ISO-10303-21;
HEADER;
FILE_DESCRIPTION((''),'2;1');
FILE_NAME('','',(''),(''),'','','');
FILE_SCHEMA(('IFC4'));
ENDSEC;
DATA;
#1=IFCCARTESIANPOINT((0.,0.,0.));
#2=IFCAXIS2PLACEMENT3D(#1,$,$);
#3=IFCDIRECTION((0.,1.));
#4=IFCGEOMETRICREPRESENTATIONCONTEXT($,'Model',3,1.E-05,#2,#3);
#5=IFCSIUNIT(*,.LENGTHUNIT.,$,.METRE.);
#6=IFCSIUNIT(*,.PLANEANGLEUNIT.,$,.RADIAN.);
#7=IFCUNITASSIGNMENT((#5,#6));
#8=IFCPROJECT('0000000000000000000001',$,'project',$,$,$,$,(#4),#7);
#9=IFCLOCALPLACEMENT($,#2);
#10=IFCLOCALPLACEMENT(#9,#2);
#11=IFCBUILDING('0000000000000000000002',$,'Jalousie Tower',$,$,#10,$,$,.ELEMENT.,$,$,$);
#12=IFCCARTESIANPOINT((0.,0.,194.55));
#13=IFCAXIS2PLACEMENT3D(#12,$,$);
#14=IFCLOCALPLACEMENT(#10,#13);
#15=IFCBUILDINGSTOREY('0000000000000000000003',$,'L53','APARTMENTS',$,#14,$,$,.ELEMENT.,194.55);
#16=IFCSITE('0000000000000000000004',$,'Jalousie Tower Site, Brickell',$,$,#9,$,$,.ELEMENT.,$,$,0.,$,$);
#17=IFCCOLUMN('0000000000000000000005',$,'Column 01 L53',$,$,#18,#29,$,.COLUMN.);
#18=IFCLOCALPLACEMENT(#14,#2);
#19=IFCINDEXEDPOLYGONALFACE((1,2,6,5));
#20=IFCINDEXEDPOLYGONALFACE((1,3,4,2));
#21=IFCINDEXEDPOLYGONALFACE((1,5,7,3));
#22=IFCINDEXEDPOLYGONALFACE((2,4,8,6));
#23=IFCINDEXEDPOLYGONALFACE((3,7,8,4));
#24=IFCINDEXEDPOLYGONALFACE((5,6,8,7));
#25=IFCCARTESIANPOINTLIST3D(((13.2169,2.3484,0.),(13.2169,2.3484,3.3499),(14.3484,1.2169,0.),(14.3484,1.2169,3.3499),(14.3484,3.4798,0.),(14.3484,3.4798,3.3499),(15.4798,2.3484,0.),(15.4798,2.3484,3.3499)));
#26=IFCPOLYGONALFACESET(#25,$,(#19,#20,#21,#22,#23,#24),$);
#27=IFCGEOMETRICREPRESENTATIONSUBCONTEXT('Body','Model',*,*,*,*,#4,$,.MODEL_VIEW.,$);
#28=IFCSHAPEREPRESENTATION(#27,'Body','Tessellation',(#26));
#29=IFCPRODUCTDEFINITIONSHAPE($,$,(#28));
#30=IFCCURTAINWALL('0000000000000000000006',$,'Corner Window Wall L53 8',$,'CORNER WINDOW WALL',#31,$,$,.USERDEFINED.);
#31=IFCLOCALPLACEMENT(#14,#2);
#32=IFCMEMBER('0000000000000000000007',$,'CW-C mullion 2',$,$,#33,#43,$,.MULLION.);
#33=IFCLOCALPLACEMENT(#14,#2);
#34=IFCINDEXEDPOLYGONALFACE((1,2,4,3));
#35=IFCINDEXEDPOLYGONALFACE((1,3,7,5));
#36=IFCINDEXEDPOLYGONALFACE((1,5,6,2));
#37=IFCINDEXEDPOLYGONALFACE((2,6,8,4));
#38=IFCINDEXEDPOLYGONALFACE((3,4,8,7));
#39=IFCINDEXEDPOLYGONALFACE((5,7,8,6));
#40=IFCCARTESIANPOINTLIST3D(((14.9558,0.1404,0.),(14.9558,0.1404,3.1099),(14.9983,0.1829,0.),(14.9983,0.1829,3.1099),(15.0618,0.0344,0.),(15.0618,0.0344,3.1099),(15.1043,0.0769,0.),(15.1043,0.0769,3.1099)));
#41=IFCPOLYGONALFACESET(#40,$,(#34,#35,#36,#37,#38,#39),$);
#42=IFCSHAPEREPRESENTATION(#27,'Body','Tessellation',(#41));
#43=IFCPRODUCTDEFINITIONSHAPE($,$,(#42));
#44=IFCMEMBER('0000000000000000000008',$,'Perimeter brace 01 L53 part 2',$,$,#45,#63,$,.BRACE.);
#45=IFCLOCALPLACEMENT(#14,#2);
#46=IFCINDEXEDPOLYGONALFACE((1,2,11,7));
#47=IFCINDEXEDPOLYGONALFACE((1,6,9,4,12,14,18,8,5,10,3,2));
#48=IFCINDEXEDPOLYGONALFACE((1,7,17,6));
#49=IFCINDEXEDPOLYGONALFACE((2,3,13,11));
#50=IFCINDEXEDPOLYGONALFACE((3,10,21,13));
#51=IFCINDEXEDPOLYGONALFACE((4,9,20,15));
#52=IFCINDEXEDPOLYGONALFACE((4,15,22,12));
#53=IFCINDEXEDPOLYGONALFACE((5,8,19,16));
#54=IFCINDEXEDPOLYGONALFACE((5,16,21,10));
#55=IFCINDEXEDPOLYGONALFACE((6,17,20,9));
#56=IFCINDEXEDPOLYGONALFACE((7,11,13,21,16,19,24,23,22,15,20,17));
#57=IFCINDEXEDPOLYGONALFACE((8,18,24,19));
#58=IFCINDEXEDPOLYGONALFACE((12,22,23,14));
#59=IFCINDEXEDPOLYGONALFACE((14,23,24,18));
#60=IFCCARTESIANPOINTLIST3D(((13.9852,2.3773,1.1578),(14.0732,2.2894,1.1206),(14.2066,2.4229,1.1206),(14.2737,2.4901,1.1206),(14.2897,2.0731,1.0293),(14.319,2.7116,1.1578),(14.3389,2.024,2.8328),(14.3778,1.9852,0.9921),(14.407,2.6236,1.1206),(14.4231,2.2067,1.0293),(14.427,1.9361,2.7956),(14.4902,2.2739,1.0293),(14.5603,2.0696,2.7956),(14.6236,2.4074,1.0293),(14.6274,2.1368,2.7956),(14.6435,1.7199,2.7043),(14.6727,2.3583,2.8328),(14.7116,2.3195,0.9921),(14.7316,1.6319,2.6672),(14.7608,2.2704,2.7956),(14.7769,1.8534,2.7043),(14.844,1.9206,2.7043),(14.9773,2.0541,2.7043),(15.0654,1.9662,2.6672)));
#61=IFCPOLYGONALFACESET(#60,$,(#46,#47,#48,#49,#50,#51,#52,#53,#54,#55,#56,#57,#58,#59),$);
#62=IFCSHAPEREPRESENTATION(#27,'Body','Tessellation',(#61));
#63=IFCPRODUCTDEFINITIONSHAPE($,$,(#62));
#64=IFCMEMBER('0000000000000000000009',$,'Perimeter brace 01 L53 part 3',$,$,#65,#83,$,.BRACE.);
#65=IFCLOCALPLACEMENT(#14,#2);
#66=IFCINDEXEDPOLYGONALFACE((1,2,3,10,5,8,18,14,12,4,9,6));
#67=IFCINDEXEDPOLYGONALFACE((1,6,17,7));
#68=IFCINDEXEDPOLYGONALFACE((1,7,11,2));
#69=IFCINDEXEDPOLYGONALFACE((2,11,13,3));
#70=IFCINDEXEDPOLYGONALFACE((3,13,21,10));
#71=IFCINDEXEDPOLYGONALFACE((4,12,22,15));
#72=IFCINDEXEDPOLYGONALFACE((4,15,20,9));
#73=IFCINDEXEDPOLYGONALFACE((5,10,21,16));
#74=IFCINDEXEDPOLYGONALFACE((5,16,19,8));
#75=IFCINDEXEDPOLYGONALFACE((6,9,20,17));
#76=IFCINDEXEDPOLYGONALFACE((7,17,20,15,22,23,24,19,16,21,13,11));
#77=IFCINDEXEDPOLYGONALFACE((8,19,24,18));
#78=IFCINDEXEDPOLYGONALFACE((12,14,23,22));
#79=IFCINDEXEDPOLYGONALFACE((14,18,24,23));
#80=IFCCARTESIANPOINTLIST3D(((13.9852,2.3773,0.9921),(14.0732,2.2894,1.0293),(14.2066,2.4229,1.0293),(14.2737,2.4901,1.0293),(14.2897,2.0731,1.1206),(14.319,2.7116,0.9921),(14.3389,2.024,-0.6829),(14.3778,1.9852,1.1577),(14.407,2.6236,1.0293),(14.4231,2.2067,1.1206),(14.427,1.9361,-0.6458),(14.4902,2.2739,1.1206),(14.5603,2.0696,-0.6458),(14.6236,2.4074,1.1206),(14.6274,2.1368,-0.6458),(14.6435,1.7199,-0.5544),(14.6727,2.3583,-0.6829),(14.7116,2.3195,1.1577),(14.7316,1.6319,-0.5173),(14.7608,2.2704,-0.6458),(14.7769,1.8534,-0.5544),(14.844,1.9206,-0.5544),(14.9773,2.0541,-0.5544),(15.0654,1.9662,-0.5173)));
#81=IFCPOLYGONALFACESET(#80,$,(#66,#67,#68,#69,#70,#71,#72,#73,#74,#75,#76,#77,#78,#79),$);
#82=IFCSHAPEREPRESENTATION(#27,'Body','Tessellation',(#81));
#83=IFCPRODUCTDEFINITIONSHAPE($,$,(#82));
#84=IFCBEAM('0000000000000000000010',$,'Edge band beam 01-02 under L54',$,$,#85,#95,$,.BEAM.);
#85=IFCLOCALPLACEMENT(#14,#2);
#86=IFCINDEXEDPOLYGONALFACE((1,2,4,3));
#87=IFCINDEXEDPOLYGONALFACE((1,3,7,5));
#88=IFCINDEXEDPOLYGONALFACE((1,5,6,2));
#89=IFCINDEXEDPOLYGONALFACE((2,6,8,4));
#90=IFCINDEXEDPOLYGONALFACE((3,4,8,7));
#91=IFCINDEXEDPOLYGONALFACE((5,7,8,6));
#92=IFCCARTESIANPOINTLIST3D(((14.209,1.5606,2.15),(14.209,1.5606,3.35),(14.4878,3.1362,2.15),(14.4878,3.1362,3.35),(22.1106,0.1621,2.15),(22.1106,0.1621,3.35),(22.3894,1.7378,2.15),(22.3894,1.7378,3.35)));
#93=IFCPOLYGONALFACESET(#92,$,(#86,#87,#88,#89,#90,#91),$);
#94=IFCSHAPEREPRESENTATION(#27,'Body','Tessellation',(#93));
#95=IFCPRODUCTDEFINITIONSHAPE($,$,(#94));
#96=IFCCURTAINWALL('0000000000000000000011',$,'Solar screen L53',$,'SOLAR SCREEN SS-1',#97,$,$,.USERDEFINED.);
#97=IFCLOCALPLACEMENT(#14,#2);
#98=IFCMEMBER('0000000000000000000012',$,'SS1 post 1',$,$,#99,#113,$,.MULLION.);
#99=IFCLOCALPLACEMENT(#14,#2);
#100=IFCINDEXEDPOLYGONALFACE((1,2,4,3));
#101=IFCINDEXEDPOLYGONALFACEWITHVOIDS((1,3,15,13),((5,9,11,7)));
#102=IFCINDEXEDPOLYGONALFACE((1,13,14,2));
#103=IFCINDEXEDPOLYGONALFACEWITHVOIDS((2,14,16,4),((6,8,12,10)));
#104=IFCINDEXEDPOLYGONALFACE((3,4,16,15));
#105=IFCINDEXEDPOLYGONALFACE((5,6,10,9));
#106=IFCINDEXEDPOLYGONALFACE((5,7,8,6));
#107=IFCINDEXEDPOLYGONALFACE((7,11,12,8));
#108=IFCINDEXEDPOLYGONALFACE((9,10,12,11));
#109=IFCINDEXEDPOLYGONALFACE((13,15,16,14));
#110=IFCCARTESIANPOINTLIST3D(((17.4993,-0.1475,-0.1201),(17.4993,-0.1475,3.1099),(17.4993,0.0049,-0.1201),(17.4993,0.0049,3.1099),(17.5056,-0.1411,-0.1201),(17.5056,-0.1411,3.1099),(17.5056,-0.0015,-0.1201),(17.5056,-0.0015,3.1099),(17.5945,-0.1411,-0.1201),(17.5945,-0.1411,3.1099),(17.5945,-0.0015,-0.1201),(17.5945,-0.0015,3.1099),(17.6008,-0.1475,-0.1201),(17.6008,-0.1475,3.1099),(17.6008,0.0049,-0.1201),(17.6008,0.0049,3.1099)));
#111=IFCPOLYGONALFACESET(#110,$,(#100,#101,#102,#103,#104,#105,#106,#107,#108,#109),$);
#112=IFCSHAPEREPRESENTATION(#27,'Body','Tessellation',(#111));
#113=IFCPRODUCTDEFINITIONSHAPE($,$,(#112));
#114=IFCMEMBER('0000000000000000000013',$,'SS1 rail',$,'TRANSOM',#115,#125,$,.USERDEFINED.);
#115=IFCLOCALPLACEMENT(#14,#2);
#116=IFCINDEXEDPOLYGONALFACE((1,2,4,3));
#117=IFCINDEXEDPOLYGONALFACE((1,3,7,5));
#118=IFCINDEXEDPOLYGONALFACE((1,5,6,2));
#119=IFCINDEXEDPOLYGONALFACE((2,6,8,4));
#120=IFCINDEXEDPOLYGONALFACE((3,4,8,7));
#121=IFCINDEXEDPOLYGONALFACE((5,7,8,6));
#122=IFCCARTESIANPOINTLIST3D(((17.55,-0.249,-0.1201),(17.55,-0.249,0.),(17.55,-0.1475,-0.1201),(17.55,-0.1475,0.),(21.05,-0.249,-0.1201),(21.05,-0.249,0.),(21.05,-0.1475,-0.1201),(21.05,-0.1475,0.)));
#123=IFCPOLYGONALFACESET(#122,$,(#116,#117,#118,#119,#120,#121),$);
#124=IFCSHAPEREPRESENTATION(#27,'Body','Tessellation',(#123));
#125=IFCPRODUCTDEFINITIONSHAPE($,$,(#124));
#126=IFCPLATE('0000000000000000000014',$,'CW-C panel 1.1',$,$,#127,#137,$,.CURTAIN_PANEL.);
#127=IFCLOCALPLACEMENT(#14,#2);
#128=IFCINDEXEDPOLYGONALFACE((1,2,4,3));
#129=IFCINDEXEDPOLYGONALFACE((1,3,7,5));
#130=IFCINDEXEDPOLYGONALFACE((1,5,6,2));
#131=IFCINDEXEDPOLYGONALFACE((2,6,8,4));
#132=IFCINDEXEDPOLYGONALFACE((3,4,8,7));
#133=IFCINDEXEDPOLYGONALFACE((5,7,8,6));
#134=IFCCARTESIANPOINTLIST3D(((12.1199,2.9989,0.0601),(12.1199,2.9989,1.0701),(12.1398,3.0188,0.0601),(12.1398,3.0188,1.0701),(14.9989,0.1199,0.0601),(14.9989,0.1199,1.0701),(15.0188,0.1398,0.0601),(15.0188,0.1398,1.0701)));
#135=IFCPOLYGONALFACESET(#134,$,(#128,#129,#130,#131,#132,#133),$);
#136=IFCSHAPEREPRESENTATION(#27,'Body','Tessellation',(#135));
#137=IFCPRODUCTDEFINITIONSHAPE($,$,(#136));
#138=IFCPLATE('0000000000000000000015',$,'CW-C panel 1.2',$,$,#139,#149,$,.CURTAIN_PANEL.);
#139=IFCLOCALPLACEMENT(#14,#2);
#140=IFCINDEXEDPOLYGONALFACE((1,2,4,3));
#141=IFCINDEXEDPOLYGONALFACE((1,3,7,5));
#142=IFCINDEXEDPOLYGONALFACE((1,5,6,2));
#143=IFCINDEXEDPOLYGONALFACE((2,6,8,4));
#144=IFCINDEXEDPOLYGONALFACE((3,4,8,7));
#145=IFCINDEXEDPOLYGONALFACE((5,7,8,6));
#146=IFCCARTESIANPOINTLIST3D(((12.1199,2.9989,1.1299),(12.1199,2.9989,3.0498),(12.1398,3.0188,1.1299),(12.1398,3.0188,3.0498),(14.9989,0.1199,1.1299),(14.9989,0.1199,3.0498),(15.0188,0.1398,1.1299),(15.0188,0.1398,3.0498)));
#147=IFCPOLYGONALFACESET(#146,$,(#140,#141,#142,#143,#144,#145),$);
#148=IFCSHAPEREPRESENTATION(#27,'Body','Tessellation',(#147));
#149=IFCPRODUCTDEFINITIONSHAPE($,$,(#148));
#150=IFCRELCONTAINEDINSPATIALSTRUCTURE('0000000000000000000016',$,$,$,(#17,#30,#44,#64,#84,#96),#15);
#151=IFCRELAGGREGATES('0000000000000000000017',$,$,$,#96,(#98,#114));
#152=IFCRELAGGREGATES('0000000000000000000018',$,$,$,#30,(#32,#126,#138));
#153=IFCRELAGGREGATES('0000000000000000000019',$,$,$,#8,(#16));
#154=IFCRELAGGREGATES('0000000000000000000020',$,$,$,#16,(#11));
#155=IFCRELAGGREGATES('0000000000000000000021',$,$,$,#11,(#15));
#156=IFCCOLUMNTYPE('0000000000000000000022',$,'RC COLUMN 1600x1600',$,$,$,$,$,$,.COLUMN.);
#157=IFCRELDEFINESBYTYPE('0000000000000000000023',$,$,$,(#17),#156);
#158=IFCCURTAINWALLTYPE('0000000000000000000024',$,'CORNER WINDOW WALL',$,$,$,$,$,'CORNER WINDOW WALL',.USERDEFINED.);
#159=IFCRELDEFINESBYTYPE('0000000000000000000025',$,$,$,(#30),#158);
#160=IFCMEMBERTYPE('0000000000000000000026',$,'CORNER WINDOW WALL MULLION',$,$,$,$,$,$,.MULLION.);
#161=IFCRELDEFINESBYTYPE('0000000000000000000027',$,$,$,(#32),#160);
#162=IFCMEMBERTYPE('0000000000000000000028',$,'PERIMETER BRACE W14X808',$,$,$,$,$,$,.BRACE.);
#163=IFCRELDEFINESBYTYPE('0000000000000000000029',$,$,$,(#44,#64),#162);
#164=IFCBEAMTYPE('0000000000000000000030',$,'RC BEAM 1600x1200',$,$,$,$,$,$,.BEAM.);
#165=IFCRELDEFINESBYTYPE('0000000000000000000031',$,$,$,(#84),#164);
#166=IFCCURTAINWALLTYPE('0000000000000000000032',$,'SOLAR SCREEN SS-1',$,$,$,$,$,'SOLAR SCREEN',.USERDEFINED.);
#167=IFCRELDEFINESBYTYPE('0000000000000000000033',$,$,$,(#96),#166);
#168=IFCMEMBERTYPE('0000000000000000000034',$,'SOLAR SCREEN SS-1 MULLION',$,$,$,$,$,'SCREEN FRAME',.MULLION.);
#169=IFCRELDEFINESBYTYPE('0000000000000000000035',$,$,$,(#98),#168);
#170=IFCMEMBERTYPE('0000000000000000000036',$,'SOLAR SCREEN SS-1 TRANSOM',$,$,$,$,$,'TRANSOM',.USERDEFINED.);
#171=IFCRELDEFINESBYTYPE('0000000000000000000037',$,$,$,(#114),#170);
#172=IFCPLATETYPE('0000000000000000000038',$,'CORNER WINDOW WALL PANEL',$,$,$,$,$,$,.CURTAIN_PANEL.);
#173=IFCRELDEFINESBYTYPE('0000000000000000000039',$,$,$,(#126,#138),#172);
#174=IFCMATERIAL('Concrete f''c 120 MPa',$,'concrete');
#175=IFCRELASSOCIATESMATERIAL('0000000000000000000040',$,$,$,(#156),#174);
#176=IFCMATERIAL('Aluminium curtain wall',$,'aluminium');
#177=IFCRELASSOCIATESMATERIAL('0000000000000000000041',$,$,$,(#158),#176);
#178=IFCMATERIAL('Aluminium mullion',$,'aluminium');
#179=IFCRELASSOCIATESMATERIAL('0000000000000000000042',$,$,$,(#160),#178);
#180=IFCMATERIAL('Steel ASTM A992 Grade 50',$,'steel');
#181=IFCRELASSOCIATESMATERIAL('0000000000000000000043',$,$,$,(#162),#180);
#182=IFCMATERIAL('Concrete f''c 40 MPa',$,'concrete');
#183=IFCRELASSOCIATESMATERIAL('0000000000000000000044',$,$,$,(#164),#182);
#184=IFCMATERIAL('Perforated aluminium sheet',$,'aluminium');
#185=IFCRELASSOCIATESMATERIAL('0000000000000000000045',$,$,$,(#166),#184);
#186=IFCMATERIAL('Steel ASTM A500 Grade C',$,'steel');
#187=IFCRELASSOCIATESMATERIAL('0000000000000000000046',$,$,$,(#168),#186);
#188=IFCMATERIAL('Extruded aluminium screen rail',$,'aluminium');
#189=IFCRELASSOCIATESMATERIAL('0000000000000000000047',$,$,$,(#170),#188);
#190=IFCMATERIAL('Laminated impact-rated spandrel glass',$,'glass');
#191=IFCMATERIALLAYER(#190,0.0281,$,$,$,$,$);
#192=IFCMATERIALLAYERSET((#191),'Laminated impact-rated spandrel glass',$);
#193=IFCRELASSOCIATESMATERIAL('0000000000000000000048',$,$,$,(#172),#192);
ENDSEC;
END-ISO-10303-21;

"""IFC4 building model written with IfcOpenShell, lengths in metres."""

from ifc_helpers import new_model, si_unit, direction, frame, origin, origin_2d, place, context, subcontext, project, spatial, rectangle, hollow_rectangle, i_section, extrude, material, layer, layer_set, material_profile, profile_set, type_object, element, aggregate, save


model = new_model("IFC4")

# Units and contexts
model_context = context("Model", 3, precision=1e-05, world=origin(), true_north=direction((0.0, 1.0)))
body_context = subcontext(model_context, "Body", "Model", "MODEL_VIEW")
ifc_project = project(units=[si_unit("LENGTHUNIT", "METRE"), si_unit("PLANEANGLEUNIT", "RADIAN")], contexts=[model_context])

# Site, building, storey
site_placement = place(None, origin())
site = spatial("IfcSite", under=ifc_project, at=site_placement, Name="Jalousie Tower Site, Brickell", CompositionType="ELEMENT", RefElevation=0.0)
building_placement = place(site_placement, origin())
building = spatial("IfcBuilding", under=site, at=building_placement, Name="Jalousie Tower", CompositionType="ELEMENT")
storey_placement = place(building_placement, frame((0.0, 0.0, 194.55)))
storey = spatial("IfcBuildingStorey", under=building, at=storey_placement, Name="L53", Description="APARTMENTS", CompositionType="ELEMENT", Elevation=194.55)

# Column
ifc_material_1 = material(Name="Concrete f'c 120 MPa", Category="concrete")
ifc_material_profile_1 = material_profile(ifc_material_1, rectangle(XDim=1.6001, YDim=1.6001, at=origin_2d()), Name="RC 1600x1600")
ifc_profile_set_1 = profile_set([ifc_material_profile_1], Name="Concrete f'c 120 MPa")
column_type = type_object("IfcColumnType", Name="RC COLUMN 1600x1600", PredefinedType="COLUMN", material=ifc_profile_set_1)
column_placement = place(storey_placement, frame((14.3484, 2.3484, 0.0), z_axis=(0.0, 0.0, 1.0), x_axis=(0.707107, 0.707107, 0.0)))
element("IfcColumn", 1, at=column_placement, inside=storey, type_object=column_type, Name="Column 01 L53", PredefinedType="COLUMN", context=body_context, shape_type="SweptSolid", body=[
    extrude(rectangle(XDim=1.6001, YDim=1.6001, at=origin_2d()), origin(), (0.0, 0.0, 1.0), 3.3499),
])

# Curtain wall, member
ifc_material_2 = material(Name="Aluminium curtain wall", Category="aluminium")
curtain_wall_type_1 = type_object("IfcCurtainWallType", Name="CORNER WINDOW WALL", ElementType="CORNER WINDOW WALL", PredefinedType="USERDEFINED", material=ifc_material_2)
curtain_wall_1_placement = place(storey_placement, origin())
curtain_wall_1 = element("IfcCurtainWall", 2, at=curtain_wall_1_placement, inside=storey, type_object=curtain_wall_type_1, Name="Corner Window Wall L53 8", ObjectType="CORNER WINDOW WALL", PredefinedType="USERDEFINED")
ifc_material_3 = material(Name="Aluminium mullion", Category="aluminium")
ifc_material_profile_2 = material_profile(ifc_material_3, rectangle(XDim=0.0601, YDim=0.1499, at=origin_2d()), Name="MULLION 60x150")
ifc_profile_set_2 = profile_set([ifc_material_profile_2], Name="Aluminium mullion")
member_type_1 = type_object("IfcMemberType", Name="CORNER WINDOW WALL MULLION", PredefinedType="MULLION", material=ifc_profile_set_2)
member_1_placement = place(storey_placement, frame((15.03, 0.1086, 0.0), z_axis=(0.0, 0.0, 1.0), x_axis=(0.707107, 0.707107, 0.0)))
member_1 = element("IfcMember", 3, at=member_1_placement, type_object=member_type_1, Name="CW-C mullion 2", PredefinedType="MULLION", context=body_context, shape_type="SweptSolid", body=[
    extrude(rectangle(XDim=0.0601, YDim=0.1499, at=origin_2d()), origin(), (0.0, 0.0, 1.0), 3.1099),
])

# Members
ifc_material_4 = material(Name="Steel ASTM A992 Grade 50", Category="steel")
ifc_material_profile_3 = material_profile(ifc_material_4, i_section(OverallWidth=0.4724, OverallDepth=0.5791, WebThickness=0.095, FlangeThickness=0.1299, at=origin_2d()), Name="W14X808")
ifc_profile_set_3 = profile_set([ifc_material_profile_3], Name="Steel ASTM A992 Grade 50")
member_type_2 = type_object("IfcMemberType", Name="PERIMETER BRACE W14X808", PredefinedType="BRACE", material=ifc_profile_set_3)
for number, where, z_axis, x_axis, name in (
    (4, (14.3484, 2.3484, 1.075), (0.202372, -0.202093, 0.95823), (0.706618, 0.707595, 0.0), "Perimeter brace 01 L53 part 2"),
    (5, (14.7021, 1.9951, -0.6001), (-0.202372, 0.202093, 0.95823), (-0.706618, -0.707595, 0.0), "Perimeter brace 01 L53 part 3"),
):
    element("IfcMember", number, at=place(storey_placement, frame(where, z_axis=z_axis, x_axis=x_axis)), inside=storey, type_object=member_type_2, Name=name, PredefinedType="BRACE", context=body_context, shape_type="SweptSolid", body=[
        extrude(i_section(OverallWidth=0.4724, OverallDepth=0.5791, WebThickness=0.095, FlangeThickness=0.1299, at=origin_2d()), origin(), (0.0, 0.0, 1.0), 1.748),
    ])

# Beam
ifc_material_5 = material(Name="Concrete f'c 40 MPa", Category="concrete")
ifc_material_profile_4 = material_profile(ifc_material_5, rectangle(XDim=1.6001, YDim=1.2, at=origin_2d()), Name="RC 1600x1200")
ifc_profile_set_4 = profile_set([ifc_material_profile_4], Name="Concrete f'c 40 MPa")
beam_type = type_object("IfcBeamType", Name="RC BEAM 1600x1200", PredefinedType="BEAM", material=ifc_profile_set_4)
beam_placement = place(storey_placement, frame((14.3484, 2.3484, 2.75), z_axis=(0.984697, -0.174273, 0.0), x_axis=(0.174273, 0.984697, 0.0)))
element("IfcBeam", 6, at=beam_placement, inside=storey, type_object=beam_type, Name="Edge band beam 01-02 under L54", PredefinedType="BEAM", context=body_context, shape_type="SweptSolid", body=[
    extrude(rectangle(XDim=1.6001, YDim=1.2, at=origin_2d()), origin(), (0.0, 0.0, 1.0), 8.0244),
])

# Curtain wall, members
ifc_material_6 = material(Name="Perforated aluminium sheet", Category="aluminium")
curtain_wall_type_2 = type_object("IfcCurtainWallType", Name="SOLAR SCREEN SS-1", ElementType="SOLAR SCREEN", PredefinedType="USERDEFINED", material=ifc_material_6)
curtain_wall_2_placement = place(storey_placement, origin())
curtain_wall_2 = element("IfcCurtainWall", 7, at=curtain_wall_2_placement, inside=storey, type_object=curtain_wall_type_2, Name="Solar screen L53", ObjectType="SOLAR SCREEN SS-1", PredefinedType="USERDEFINED")
ifc_material_7 = material(Name="Steel ASTM A500 Grade C", Category="steel")
ifc_material_profile_5 = material_profile(ifc_material_7, hollow_rectangle(XDim=0.1016, YDim=0.1523, WallThickness=0.0063, at=origin_2d()), Name="HSS6X4X1/4")
ifc_profile_set_5 = profile_set([ifc_material_profile_5], Name="Steel ASTM A500 Grade C")
member_type_3 = type_object("IfcMemberType", Name="SOLAR SCREEN SS-1 MULLION", ElementType="SCREEN FRAME", PredefinedType="MULLION", material=ifc_profile_set_5)
member_2_placement = place(storey_placement, frame((17.55, -0.0713, -0.1201), z_axis=(0.0, 0.0, 1.0), x_axis=(1.0, 0.0, 0.0)))
member_2 = element("IfcMember", 8, at=member_2_placement, type_object=member_type_3, Name="SS1 post 1", PredefinedType="MULLION", context=body_context, shape_type="SweptSolid", body=[
    extrude(hollow_rectangle(XDim=0.1016, YDim=0.1523, WallThickness=0.0063, at=origin_2d()), origin(), (0.0, 0.0, 1.0), 3.23),
])
ifc_material_8 = material(Name="Extruded aluminium screen rail", Category="aluminium")
ifc_material_profile_6 = material_profile(ifc_material_8, rectangle(XDim=0.1016, YDim=0.1201, at=origin_2d()), Name="RAIL 102x120")
ifc_profile_set_6 = profile_set([ifc_material_profile_6], Name="Extruded aluminium screen rail")
member_type_4 = type_object("IfcMemberType", Name="SOLAR SCREEN SS-1 TRANSOM", ElementType="TRANSOM", PredefinedType="USERDEFINED", material=ifc_profile_set_6)
member_3_placement = place(storey_placement, frame((17.55, -0.1982, -0.0601), z_axis=(1.0, 0.0, 0.0), x_axis=(0.0, 1.0, 0.0)))
member_3 = element("IfcMember", 9, at=member_3_placement, type_object=member_type_4, Name="SS1 rail", ObjectType="TRANSOM", PredefinedType="USERDEFINED", context=body_context, shape_type="SweptSolid", body=[
    extrude(rectangle(XDim=0.1016, YDim=0.1201, at=origin_2d()), origin(), (0.0, 0.0, 1.0), 3.5),
])
aggregate(curtain_wall_2, [member_2, member_3])

# Plates
ifc_material_9 = material(Name="Laminated impact-rated spandrel glass", Category="glass")
ifc_layer = layer(ifc_material_9, 0.0281)
ifc_layer_set = layer_set([ifc_layer], Name="Laminated impact-rated spandrel glass")
plate_type = type_object("IfcPlateType", Name="CORNER WINDOW WALL PANEL", PredefinedType="CURTAIN_PANEL", material=ifc_layer_set)
plate_1_placement = place(storey_placement, frame((13.5693, 1.5693, 0.0601), z_axis=(0.0, 0.0, 1.0), x_axis=(0.707107, -0.707107, 0.0)))
plate_1 = element("IfcPlate", 10, at=plate_1_placement, type_object=plate_type, Name="CW-C panel 1.1", PredefinedType="CURTAIN_PANEL", context=body_context, shape_type="SweptSolid", body=[
    extrude(rectangle(XDim=4.0715, YDim=0.0281, at=origin_2d()), origin(), (0.0, 0.0, 1.0), 1.01),
])
plate_2_placement = place(storey_placement, frame((13.5693, 1.5693, 1.1299), z_axis=(0.0, 0.0, 1.0), x_axis=(0.707107, -0.707107, 0.0)))
plate_2 = element("IfcPlate", 11, at=plate_2_placement, type_object=plate_type, Name="CW-C panel 1.2", PredefinedType="CURTAIN_PANEL", context=body_context, shape_type="SweptSolid", body=[
    extrude(rectangle(XDim=4.0715, YDim=0.0281, at=origin_2d()), origin(), (0.0, 0.0, 1.0), 1.9199),
])
aggregate(curtain_wall_1, [member_1, plate_1, plate_2])

save(model, "model.ifc")
